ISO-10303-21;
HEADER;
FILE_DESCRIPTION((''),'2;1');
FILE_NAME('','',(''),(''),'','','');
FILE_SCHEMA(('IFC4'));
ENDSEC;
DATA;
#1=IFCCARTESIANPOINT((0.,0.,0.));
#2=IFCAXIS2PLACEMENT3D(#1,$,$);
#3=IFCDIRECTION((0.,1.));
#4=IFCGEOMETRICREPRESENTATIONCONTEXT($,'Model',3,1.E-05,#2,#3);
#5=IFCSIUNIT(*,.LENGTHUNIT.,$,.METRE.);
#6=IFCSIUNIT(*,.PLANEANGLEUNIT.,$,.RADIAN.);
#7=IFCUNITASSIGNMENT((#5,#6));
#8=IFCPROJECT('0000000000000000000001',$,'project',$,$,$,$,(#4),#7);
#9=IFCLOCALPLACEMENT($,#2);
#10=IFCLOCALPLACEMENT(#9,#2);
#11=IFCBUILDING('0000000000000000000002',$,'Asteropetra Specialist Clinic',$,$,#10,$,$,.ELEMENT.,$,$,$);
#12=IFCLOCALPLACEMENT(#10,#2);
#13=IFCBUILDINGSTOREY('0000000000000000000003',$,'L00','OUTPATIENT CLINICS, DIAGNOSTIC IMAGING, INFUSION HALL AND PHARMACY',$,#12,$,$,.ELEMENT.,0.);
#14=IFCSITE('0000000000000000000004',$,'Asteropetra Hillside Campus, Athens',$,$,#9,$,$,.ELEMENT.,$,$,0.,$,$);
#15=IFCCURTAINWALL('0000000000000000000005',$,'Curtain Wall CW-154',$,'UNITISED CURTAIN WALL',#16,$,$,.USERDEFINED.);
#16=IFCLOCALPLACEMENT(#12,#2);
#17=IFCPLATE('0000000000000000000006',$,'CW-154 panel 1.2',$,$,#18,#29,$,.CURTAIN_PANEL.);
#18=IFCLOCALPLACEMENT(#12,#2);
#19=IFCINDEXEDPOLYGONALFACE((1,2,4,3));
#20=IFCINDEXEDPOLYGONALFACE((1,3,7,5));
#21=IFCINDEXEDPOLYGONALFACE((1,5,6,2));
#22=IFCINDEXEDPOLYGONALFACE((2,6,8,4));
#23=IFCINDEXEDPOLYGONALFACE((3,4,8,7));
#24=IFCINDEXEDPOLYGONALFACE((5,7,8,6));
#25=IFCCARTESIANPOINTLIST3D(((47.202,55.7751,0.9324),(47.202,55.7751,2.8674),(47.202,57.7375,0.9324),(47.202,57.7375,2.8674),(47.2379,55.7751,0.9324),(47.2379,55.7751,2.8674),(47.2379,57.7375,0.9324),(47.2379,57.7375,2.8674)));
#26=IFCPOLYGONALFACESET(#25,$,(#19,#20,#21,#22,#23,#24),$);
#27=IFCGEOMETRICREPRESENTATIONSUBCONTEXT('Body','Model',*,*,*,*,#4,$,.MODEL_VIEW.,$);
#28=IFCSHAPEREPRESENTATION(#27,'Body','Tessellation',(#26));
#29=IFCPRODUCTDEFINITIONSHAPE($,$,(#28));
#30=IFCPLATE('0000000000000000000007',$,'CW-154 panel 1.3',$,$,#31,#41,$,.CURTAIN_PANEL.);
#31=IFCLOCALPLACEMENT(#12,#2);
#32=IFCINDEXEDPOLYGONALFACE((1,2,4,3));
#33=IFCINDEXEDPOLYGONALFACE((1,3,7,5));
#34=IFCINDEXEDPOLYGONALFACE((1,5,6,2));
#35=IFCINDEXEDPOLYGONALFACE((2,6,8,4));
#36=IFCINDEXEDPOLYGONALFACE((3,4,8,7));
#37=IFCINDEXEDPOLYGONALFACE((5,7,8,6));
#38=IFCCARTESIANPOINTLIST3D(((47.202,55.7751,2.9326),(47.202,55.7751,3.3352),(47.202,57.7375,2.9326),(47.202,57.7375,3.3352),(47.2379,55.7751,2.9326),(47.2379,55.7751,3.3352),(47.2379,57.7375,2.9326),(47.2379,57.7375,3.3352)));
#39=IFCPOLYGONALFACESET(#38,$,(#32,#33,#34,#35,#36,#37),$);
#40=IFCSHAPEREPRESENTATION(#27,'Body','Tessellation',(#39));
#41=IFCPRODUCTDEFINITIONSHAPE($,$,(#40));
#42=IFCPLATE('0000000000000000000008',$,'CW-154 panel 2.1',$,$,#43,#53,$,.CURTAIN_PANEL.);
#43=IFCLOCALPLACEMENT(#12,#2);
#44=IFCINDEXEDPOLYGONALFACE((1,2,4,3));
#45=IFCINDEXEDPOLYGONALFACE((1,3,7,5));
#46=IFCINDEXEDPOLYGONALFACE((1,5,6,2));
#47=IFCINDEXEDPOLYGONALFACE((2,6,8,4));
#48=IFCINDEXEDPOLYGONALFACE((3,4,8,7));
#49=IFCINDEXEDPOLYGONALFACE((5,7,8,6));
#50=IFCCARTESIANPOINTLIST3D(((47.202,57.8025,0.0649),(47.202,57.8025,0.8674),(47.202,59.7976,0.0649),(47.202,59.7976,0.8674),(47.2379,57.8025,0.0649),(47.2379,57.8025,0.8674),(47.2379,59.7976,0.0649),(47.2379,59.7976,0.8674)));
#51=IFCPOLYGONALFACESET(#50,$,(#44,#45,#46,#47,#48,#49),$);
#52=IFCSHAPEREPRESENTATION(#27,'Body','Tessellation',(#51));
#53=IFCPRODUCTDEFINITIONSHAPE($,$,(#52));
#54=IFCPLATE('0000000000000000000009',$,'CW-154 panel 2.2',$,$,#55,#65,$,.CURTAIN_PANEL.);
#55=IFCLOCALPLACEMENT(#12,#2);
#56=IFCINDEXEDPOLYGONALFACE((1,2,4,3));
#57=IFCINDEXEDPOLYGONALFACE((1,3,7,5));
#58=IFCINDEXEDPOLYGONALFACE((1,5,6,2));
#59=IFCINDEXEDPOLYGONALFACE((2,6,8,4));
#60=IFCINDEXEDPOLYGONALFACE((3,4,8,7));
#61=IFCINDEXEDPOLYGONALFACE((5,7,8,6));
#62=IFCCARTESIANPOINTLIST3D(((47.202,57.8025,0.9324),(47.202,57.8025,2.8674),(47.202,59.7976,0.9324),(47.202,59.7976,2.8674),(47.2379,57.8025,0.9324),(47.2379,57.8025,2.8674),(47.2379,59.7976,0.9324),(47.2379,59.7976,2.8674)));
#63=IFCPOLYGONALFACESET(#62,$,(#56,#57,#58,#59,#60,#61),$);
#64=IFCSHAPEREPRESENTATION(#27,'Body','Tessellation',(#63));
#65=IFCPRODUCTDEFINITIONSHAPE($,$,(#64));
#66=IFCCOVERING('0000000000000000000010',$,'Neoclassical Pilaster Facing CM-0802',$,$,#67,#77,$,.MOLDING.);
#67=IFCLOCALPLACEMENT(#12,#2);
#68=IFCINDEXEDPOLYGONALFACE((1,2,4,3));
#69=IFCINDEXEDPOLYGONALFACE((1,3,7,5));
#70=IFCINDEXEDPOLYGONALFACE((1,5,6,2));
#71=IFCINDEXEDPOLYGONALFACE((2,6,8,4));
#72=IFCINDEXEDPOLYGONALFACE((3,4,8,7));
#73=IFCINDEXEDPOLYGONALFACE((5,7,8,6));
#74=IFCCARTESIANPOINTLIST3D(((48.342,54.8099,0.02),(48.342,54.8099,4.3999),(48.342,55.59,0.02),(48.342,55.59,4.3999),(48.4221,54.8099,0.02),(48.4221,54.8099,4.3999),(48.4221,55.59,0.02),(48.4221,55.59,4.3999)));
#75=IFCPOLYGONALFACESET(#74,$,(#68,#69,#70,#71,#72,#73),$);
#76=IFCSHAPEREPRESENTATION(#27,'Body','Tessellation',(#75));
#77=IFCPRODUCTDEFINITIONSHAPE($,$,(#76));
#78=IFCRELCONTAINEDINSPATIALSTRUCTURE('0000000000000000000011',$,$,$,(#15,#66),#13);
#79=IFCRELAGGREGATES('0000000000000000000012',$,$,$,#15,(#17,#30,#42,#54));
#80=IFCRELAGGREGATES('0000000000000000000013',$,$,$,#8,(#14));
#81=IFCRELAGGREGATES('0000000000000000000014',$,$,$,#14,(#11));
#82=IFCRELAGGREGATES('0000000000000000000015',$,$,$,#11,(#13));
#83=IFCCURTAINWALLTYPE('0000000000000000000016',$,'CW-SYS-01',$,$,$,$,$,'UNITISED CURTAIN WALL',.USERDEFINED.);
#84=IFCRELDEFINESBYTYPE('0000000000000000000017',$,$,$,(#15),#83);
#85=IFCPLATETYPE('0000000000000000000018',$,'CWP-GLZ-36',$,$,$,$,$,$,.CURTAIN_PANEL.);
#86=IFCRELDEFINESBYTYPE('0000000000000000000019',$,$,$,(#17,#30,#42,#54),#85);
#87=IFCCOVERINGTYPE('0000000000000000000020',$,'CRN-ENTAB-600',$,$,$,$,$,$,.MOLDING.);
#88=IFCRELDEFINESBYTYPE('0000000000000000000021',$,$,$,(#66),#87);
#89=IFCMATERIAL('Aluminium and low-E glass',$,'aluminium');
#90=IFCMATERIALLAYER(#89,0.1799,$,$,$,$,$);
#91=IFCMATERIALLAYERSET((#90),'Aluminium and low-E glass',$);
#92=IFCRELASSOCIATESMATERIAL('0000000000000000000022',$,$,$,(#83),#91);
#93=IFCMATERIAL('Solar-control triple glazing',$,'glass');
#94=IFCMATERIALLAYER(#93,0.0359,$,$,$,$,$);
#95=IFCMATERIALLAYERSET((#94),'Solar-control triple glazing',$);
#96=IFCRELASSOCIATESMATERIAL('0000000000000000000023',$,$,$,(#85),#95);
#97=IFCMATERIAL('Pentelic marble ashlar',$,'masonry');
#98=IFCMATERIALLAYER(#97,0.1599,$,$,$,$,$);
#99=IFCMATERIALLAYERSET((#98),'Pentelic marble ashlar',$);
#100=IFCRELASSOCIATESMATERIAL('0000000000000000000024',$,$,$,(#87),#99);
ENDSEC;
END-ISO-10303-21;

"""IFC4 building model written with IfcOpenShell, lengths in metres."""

from ifc_helpers import new_model, si_unit, direction, frame, origin, origin_2d, place, context, subcontext, project, spatial, rectangle, extrude, material, layer, layer_set, type_object, element, aggregate, save


model = new_model("IFC4")

# Units and contexts
model_context = context("Model", 3, precision=1e-05, world=origin(), true_north=direction((0.0, 1.0)))
body_context = subcontext(model_context, "Body", "Model", "MODEL_VIEW")
ifc_project = project(units=[si_unit("LENGTHUNIT", "METRE"), si_unit("PLANEANGLEUNIT", "RADIAN")], contexts=[model_context])

# Site, building, storey
site_placement = place(None, origin())
site = spatial("IfcSite", under=ifc_project, at=site_placement, Name="Asteropetra Hillside Campus, Athens", CompositionType="ELEMENT", RefElevation=0.0)
building_placement = place(site_placement, origin())
building = spatial("IfcBuilding", under=site, at=building_placement, Name="Asteropetra Specialist Clinic", CompositionType="ELEMENT")
storey_placement = place(building_placement, origin())
storey = spatial("IfcBuildingStorey", under=building, at=storey_placement, Name="L00", Description="OUTPATIENT CLINICS, DIAGNOSTIC IMAGING, INFUSION HALL AND PHARMACY", CompositionType="ELEMENT", Elevation=0.0)

# Curtain wall
ifc_material_1 = material(Name="Aluminium and low-E glass", Category="aluminium")
ifc_layer_1 = layer(ifc_material_1, 0.1799)
ifc_layer_set_1 = layer_set([ifc_layer_1], Name="Aluminium and low-E glass")
curtain_wall_type = type_object("IfcCurtainWallType", Name="CW-SYS-01", ElementType="UNITISED CURTAIN WALL", PredefinedType="USERDEFINED", material=ifc_layer_set_1)
curtain_wall_placement = place(storey_placement, origin())
curtain_wall = element("IfcCurtainWall", 1, at=curtain_wall_placement, inside=storey, type_object=curtain_wall_type, Name="Curtain Wall CW-154", ObjectType="UNITISED CURTAIN WALL", PredefinedType="USERDEFINED")

# Plates
ifc_material_2 = material(Name="Solar-control triple glazing", Category="glass")
ifc_layer_2 = layer(ifc_material_2, 0.0359)
ifc_layer_set_2 = layer_set([ifc_layer_2], Name="Solar-control triple glazing")
plate_type = type_object("IfcPlateType", Name="CWP-GLZ-36", PredefinedType="CURTAIN_PANEL", material=ifc_layer_set_2)
plate_1_placement = place(storey_placement, frame((47.22, 56.7563, 0.9324), z_axis=(0.0, 0.0, 1.0), x_axis=(0.0, 1.0, 0.0)))
plate_1 = element("IfcPlate", 2, at=plate_1_placement, type_object=plate_type, Name="CW-154 panel 1.2", PredefinedType="CURTAIN_PANEL", context=body_context, shape_type="SweptSolid", body=[
    extrude(rectangle(XDim=1.9624, YDim=0.0359, at=origin_2d()), origin(), (0.0, 0.0, 1.0), 1.9351),
])
plate_2_placement = place(storey_placement, frame((47.22, 56.7563, 2.9326), z_axis=(0.0, 0.0, 1.0), x_axis=(0.0, 1.0, 0.0)))
plate_2 = element("IfcPlate", 3, at=plate_2_placement, type_object=plate_type, Name="CW-154 panel 1.3", PredefinedType="CURTAIN_PANEL", context=body_context, shape_type="SweptSolid", body=[
    extrude(rectangle(XDim=1.9624, YDim=0.0359, at=origin_2d()), origin(), (0.0, 0.0, 1.0), 0.4026),
])
plate_3_placement = place(storey_placement, frame((47.22, 58.8, 0.0649), z_axis=(0.0, 0.0, 1.0), x_axis=(0.0, 1.0, 0.0)))
plate_3 = element("IfcPlate", 4, at=plate_3_placement, type_object=plate_type, Name="CW-154 panel 2.1", PredefinedType="CURTAIN_PANEL", context=body_context, shape_type="SweptSolid", body=[
    extrude(rectangle(XDim=1.9951, YDim=0.0359, at=origin_2d()), origin(), (0.0, 0.0, 1.0), 0.8025),
])
plate_4_placement = place(storey_placement, frame((47.22, 58.8, 0.9324), z_axis=(0.0, 0.0, 1.0), x_axis=(0.0, 1.0, 0.0)))
plate_4 = element("IfcPlate", 5, at=plate_4_placement, type_object=plate_type, Name="CW-154 panel 2.2", PredefinedType="CURTAIN_PANEL", context=body_context, shape_type="SweptSolid", body=[
    extrude(rectangle(XDim=1.9951, YDim=0.0359, at=origin_2d()), origin(), (0.0, 0.0, 1.0), 1.9351),
])
aggregate(curtain_wall, [plate_1, plate_2, plate_3, plate_4])

# Covering
ifc_material_3 = material(Name="Pentelic marble ashlar", Category="masonry")
ifc_layer_3 = layer(ifc_material_3, 0.1599)
ifc_layer_set_3 = layer_set([ifc_layer_3], Name="Pentelic marble ashlar")
covering_type = type_object("IfcCoveringType", Name="CRN-ENTAB-600", PredefinedType="MOLDING", material=ifc_layer_set_3)
covering_placement = place(storey_placement, frame((48.3821, 55.2, 0.02), z_axis=(0.0, 0.0, 1.0), x_axis=(1.0, 0.0, 0.0)))
element("IfcCovering", 6, at=covering_placement, inside=storey, type_object=covering_type, Name="Neoclassical Pilaster Facing CM-0802", PredefinedType="MOLDING", context=body_context, shape_type="SweptSolid", body=[
    extrude(rectangle(XDim=0.0801, YDim=0.78, at=origin_2d()), origin(), (0.0, 0.0, 1.0), 4.3799),
])

save(model, "model.ifc")
